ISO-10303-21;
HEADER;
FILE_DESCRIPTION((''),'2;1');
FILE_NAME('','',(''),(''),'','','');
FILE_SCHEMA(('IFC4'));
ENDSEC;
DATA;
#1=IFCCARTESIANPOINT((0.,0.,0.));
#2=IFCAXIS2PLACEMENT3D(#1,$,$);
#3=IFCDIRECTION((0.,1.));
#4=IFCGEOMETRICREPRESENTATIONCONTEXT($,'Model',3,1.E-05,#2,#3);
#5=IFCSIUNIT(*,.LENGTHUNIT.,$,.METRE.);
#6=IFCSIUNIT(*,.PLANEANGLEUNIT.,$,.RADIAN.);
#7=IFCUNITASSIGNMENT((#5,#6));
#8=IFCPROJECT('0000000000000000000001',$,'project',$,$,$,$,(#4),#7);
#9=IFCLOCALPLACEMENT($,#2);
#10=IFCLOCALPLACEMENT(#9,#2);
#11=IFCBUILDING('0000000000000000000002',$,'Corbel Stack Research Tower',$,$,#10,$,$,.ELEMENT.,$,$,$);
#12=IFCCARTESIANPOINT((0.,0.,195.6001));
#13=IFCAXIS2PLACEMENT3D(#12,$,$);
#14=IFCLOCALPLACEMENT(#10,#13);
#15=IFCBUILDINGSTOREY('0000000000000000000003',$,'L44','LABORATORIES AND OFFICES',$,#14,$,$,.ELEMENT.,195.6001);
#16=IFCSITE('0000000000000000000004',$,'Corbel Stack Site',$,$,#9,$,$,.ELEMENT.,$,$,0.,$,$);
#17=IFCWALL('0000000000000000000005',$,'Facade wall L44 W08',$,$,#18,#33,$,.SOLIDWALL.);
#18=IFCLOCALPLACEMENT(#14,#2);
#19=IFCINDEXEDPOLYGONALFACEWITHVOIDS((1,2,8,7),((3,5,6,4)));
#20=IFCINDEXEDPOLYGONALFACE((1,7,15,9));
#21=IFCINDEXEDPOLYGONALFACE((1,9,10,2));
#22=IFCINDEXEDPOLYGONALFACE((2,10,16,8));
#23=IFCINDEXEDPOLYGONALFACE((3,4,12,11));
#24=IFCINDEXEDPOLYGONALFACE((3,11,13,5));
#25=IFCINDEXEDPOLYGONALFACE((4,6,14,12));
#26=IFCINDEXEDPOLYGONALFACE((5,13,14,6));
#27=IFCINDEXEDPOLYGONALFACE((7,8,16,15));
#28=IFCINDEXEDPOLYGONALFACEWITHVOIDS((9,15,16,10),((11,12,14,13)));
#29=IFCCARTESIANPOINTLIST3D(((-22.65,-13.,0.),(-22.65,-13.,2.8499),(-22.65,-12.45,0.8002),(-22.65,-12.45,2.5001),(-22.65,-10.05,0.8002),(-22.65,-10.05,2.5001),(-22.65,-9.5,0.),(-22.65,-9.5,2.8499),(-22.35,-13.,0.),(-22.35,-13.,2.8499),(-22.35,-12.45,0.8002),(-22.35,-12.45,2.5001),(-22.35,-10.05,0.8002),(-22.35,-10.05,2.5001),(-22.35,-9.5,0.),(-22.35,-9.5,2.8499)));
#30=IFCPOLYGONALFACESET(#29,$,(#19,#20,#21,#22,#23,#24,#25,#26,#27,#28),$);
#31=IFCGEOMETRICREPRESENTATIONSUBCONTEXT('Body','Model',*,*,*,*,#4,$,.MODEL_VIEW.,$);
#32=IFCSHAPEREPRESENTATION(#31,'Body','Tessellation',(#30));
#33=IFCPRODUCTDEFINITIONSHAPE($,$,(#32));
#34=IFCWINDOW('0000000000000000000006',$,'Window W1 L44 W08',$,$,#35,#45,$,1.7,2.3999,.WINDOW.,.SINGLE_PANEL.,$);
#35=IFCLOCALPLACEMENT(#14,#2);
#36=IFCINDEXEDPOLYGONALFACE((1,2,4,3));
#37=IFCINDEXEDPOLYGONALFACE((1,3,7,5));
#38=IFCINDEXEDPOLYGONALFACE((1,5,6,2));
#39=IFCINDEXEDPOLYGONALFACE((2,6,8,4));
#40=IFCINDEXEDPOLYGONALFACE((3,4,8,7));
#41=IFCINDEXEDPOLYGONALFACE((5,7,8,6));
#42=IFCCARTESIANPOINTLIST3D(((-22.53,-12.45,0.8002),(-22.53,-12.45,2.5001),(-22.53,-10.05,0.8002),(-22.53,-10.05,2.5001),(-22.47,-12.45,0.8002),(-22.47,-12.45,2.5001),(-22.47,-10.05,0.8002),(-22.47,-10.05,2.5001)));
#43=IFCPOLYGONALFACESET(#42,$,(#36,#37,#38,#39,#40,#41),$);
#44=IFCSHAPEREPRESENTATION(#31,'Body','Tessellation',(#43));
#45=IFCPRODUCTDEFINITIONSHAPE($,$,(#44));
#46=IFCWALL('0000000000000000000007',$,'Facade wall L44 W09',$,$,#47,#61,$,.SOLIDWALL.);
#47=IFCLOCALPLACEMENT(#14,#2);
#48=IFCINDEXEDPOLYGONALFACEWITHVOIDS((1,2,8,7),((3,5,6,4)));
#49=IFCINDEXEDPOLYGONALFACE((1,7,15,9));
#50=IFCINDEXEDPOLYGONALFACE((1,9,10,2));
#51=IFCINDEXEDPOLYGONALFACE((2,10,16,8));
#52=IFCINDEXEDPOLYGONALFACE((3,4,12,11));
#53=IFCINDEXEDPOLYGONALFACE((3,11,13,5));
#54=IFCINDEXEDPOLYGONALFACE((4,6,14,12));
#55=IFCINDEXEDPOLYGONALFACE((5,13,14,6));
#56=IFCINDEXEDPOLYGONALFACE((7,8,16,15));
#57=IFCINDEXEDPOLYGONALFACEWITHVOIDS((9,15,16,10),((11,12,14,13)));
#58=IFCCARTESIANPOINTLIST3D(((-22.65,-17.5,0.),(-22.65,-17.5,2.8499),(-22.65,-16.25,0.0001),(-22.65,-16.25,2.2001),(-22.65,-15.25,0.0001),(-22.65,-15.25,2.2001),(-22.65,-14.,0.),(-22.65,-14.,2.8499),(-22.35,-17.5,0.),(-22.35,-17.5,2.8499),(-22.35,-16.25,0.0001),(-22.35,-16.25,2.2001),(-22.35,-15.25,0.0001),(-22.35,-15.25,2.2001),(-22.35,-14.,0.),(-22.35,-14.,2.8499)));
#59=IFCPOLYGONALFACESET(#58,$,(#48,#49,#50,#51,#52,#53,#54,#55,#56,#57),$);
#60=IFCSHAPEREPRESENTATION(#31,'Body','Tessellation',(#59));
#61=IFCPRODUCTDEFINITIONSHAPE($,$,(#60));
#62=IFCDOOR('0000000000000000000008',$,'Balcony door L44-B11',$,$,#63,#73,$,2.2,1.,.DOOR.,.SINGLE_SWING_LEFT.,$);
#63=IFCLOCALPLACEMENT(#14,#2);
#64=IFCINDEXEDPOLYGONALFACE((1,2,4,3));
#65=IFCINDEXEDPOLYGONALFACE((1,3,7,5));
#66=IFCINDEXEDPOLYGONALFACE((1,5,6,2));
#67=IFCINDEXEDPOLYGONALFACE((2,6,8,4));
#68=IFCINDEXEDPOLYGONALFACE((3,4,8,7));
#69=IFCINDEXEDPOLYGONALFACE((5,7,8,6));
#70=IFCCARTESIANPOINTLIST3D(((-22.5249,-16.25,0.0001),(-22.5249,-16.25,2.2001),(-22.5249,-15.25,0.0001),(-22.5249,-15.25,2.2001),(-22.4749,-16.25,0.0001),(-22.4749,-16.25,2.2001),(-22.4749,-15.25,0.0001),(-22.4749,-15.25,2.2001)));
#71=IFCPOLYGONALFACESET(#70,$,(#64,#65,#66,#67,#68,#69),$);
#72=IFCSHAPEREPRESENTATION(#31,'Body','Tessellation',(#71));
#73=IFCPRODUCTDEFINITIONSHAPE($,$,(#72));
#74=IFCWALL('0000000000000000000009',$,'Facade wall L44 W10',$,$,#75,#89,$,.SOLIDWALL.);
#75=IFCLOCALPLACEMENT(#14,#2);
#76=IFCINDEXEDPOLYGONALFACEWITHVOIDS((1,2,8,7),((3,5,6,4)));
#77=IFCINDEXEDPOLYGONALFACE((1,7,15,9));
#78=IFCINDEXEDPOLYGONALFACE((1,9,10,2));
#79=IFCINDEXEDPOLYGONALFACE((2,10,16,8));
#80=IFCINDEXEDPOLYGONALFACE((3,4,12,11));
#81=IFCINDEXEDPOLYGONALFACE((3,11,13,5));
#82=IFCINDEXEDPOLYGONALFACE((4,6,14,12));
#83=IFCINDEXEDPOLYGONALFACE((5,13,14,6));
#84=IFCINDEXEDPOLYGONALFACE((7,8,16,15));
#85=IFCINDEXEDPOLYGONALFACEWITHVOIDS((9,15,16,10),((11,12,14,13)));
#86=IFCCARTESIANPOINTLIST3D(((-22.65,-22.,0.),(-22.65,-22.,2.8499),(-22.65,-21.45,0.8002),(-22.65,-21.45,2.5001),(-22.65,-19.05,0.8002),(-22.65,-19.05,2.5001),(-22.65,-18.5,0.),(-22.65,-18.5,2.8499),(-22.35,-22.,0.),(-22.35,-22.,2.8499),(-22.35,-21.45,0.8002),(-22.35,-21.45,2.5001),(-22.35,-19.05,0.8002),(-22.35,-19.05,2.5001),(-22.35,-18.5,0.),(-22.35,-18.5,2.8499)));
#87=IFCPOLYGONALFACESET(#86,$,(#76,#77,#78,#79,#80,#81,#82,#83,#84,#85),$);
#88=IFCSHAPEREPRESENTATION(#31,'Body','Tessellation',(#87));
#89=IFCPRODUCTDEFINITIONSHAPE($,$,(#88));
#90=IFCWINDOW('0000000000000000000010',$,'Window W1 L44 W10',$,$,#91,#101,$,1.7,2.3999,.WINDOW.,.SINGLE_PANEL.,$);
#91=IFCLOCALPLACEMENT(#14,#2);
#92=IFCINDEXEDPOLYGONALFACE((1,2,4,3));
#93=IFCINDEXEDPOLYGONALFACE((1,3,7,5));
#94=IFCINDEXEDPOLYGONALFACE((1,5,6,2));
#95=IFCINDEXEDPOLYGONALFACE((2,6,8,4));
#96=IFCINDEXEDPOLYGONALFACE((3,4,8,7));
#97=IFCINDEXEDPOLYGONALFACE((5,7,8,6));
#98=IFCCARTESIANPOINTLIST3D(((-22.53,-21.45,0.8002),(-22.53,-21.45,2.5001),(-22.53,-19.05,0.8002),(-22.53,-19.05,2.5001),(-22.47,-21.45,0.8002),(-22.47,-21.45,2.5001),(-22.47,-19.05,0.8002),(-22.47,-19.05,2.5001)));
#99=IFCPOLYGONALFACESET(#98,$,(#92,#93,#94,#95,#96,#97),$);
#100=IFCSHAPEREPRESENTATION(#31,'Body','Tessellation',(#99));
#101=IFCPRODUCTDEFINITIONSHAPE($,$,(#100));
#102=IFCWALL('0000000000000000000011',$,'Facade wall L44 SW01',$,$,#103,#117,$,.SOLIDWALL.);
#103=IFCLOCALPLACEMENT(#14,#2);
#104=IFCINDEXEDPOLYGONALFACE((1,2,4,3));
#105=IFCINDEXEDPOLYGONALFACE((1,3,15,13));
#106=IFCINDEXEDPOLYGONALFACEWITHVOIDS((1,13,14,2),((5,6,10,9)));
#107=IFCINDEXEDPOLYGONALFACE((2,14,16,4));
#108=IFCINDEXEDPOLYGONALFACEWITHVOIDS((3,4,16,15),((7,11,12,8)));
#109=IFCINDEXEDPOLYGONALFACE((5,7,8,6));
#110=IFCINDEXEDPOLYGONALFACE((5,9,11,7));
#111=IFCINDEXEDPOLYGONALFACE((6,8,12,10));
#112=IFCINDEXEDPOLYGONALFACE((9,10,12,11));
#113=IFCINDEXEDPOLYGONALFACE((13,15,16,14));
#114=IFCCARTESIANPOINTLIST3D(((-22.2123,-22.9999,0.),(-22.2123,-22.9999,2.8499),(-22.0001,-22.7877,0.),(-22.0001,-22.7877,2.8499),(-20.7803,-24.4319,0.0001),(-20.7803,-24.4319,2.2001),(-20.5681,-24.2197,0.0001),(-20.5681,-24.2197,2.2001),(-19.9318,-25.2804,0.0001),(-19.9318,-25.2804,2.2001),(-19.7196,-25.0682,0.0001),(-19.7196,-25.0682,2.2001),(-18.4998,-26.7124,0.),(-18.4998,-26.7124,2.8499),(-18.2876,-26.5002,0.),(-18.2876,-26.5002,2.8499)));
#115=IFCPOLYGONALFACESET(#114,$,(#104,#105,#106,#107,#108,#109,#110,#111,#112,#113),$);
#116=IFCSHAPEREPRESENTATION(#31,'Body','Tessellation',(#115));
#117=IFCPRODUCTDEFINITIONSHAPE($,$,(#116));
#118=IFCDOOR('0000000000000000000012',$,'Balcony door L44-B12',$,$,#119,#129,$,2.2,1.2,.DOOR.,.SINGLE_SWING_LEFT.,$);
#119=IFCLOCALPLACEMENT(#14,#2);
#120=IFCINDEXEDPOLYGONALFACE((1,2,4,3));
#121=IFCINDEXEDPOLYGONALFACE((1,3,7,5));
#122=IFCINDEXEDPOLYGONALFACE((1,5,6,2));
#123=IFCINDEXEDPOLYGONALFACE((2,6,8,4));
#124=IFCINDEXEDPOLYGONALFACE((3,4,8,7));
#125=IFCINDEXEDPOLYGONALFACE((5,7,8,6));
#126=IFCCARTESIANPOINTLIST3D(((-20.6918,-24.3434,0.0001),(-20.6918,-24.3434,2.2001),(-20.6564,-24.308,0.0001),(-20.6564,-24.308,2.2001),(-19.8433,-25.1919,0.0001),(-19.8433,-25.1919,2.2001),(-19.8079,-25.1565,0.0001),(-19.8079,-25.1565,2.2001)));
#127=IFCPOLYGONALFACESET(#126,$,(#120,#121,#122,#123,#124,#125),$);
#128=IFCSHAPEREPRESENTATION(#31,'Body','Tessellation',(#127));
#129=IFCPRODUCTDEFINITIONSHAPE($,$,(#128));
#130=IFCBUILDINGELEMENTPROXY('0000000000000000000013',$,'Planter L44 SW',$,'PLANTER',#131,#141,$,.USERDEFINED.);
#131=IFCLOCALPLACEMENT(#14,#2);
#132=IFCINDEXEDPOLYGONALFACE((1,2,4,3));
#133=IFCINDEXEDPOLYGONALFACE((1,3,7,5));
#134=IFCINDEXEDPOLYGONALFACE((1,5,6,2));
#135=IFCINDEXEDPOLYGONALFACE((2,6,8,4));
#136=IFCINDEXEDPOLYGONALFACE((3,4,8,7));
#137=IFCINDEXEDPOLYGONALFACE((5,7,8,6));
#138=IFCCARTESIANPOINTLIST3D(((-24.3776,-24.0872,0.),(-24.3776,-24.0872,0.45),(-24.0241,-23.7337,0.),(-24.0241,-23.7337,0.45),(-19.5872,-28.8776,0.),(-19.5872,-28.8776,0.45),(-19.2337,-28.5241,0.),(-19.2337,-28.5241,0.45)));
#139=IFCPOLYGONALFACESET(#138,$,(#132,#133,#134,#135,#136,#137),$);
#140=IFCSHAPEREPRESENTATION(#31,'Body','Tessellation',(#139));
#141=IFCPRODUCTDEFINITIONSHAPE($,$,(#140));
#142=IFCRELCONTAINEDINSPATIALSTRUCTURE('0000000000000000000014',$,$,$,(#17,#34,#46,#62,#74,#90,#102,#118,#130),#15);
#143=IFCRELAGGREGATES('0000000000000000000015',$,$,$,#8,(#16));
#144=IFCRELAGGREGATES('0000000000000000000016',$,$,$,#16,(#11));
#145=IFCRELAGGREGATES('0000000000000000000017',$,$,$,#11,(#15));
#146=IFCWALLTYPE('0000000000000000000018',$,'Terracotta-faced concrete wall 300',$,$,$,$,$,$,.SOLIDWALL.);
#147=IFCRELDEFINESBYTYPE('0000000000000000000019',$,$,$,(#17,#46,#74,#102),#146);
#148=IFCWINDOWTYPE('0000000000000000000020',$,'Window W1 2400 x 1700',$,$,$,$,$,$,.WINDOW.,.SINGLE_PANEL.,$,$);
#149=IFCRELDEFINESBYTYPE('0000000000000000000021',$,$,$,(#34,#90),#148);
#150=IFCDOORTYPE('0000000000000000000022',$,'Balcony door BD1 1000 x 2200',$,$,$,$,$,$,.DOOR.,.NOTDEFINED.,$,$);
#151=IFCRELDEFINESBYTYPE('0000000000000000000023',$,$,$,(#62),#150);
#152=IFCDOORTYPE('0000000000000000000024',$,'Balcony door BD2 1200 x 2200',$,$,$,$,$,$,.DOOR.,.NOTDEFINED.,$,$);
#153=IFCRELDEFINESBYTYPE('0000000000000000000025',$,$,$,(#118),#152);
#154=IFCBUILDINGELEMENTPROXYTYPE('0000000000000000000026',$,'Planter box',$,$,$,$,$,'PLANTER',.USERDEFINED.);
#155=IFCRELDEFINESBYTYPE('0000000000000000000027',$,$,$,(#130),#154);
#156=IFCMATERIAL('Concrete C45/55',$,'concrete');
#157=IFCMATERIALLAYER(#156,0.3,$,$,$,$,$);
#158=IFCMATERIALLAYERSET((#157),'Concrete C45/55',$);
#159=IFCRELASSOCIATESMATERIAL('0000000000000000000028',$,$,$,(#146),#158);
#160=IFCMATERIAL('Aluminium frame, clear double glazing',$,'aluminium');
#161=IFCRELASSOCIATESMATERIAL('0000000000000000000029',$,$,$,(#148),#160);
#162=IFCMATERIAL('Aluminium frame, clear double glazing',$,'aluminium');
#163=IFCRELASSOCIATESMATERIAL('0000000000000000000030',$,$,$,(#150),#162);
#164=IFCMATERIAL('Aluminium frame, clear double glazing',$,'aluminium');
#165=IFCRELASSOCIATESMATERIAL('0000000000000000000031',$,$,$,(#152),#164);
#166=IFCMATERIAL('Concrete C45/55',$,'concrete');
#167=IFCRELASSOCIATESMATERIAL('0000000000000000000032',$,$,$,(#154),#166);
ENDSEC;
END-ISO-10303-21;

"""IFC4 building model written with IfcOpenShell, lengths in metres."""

from ifc_helpers import new_model, si_unit, direction, frame, frame_2d, origin, origin_2d, place, context, subcontext, project, spatial, rectangle, extrude, material, layer, layer_set, type_object, element, fill, save


model = new_model("IFC4")

# Units and contexts
model_context = context("Model", 3, precision=1e-05, world=origin(), true_north=direction((0.0, 1.0)))
body_context = subcontext(model_context, "Body", "Model", "MODEL_VIEW")
ifc_project = project(units=[si_unit("LENGTHUNIT", "METRE"), si_unit("PLANEANGLEUNIT", "RADIAN")], contexts=[model_context])

# Site, building, storey
site_placement = place(None, origin())
site = spatial("IfcSite", under=ifc_project, at=site_placement, Name="Corbel Stack Site", CompositionType="ELEMENT", RefElevation=0.0)
building_placement = place(site_placement, origin())
building = spatial("IfcBuilding", under=site, at=building_placement, Name="Corbel Stack Research Tower", CompositionType="ELEMENT")
storey_placement = place(building_placement, frame((0.0, 0.0, 195.6001)))
storey = spatial("IfcBuildingStorey", under=building, at=storey_placement, Name="L44", Description="LABORATORIES AND OFFICES", CompositionType="ELEMENT", Elevation=195.6001)

# Wall, opening, window
ifc_material_1 = material(Name="Concrete C45/55", Category="concrete")
ifc_layer = layer(ifc_material_1, 0.3)
ifc_layer_set = layer_set([ifc_layer], Name="Concrete C45/55")
wall_type = type_object("IfcWallType", Name="Terracotta-faced concrete wall 300", PredefinedType="SOLIDWALL", material=ifc_layer_set)
ifc_material_2 = material(Name="Aluminium frame, clear double glazing", Category="aluminium")
window_type = type_object("IfcWindowType", Name="Window W1 2400 x 1700", PartitioningType="SINGLE_PANEL", PredefinedType="WINDOW", material=ifc_material_2)
wall_1_placement = place(storey_placement, frame((-22.5, -13.0, 0.0), z_axis=(0.0, 0.0, 1.0), x_axis=(0.0, 1.0, 0.0)))
wall_1 = element("IfcWall", 1, at=wall_1_placement, inside=storey, type_object=wall_type, Name="Facade wall L44 W08", PredefinedType="SOLIDWALL", context=body_context, shape_type="SweptSolid", body=[
    extrude(rectangle(XDim=3.5, YDim=0.3, at=frame_2d((1.75, 0.0))), origin(), (0.0, 0.0, 1.0), 2.8499),
])
opening_1_placement = place(wall_1_placement, frame((0.55, 0.0, 0.8)))
opening_1 = element("IfcOpeningElement", 2, at=opening_1_placement, cuts=wall_1, PredefinedType="OPENING", context=body_context, shape_type="SweptSolid", body=[
    extrude(rectangle(XDim=2.3999, YDim=1.7, at=frame_2d((1.2, 0.8501))), frame((0.0, 0.1599, 0.0), z_axis=(0.0, -1.0, 0.0), x_axis=(1.0, 0.0, 0.0)), (0.0, 0.0, 1.0), 0.3201),
])
window_1_placement = place(opening_1_placement, origin())
window_1 = element("IfcWindow", 3, at=window_1_placement, inside=storey, type_object=window_type, Name="Window W1 L44 W08", OverallHeight=1.7, OverallWidth=2.3999, PartitioningType="SINGLE_PANEL", PredefinedType="WINDOW", context=body_context, shape_type="SweptSolid", body=[
    extrude(rectangle(XDim=2.3999, YDim=1.7, at=frame_2d((1.2, 0.8501))), frame((0.0, 0.03, 0.0), z_axis=(0.0, -1.0, 0.0), x_axis=(1.0, 0.0, 0.0)), (0.0, 0.0, 1.0), 0.0601),
])
fill(opening_1, window_1)

# Wall, opening, door
wall_2_placement = place(storey_placement, frame((-22.5, -17.5, 0.0), z_axis=(0.0, 0.0, 1.0), x_axis=(0.0, 1.0, 0.0)))
wall_2 = element("IfcWall", 4, at=wall_2_placement, inside=storey, type_object=wall_type, Name="Facade wall L44 W09", PredefinedType="SOLIDWALL", context=body_context, shape_type="SweptSolid", body=[
    extrude(rectangle(XDim=3.5, YDim=0.3, at=frame_2d((1.75, 0.0))), origin(), (0.0, 0.0, 1.0), 2.8499),
])
opening_2_placement = place(wall_2_placement, frame((1.25, 0.0, 0.0)))
opening_2 = element("IfcOpeningElement", 5, at=opening_2_placement, cuts=wall_2, PredefinedType="OPENING", context=body_context, shape_type="SweptSolid", body=[
    extrude(rectangle(XDim=1.0, YDim=2.2, at=frame_2d((0.5, 1.1001))), frame((0.0, 0.1599, 0.0), z_axis=(0.0, -1.0, 0.0), x_axis=(1.0, 0.0, 0.0)), (0.0, 0.0, 1.0), 0.3201),
])
ifc_material_3 = material(Name="Aluminium frame, clear double glazing", Category="aluminium")
door_type_1 = type_object("IfcDoorType", Name="Balcony door BD1 1000 x 2200", OperationType="NOTDEFINED", PredefinedType="DOOR", material=ifc_material_3)
door_1_placement = place(opening_2_placement, origin())
door_1 = element("IfcDoor", 6, at=door_1_placement, inside=storey, type_object=door_type_1, Name="Balcony door L44-B11", OperationType="SINGLE_SWING_LEFT", OverallHeight=2.2, OverallWidth=1.0, PredefinedType="DOOR", context=body_context, shape_type="SweptSolid", body=[
    extrude(rectangle(XDim=1.0, YDim=2.2, at=frame_2d((0.5, 1.1001))), frame((0.0, 0.0249, 0.0), z_axis=(0.0, -1.0, 0.0), x_axis=(1.0, 0.0, 0.0)), (0.0, 0.0, 1.0), 0.05),
])
fill(opening_2, door_1)

# Wall, opening, window
wall_3_placement = place(storey_placement, frame((-22.5, -22.0, 0.0), z_axis=(0.0, 0.0, 1.0), x_axis=(0.0, 1.0, 0.0)))
wall_3 = element("IfcWall", 7, at=wall_3_placement, inside=storey, type_object=wall_type, Name="Facade wall L44 W10", PredefinedType="SOLIDWALL", context=body_context, shape_type="SweptSolid", body=[
    extrude(rectangle(XDim=3.5, YDim=0.3, at=frame_2d((1.75, 0.0))), origin(), (0.0, 0.0, 1.0), 2.8499),
])
opening_3_placement = place(wall_3_placement, frame((0.55, 0.0, 0.8)))
opening_3 = element("IfcOpeningElement", 8, at=opening_3_placement, cuts=wall_3, PredefinedType="OPENING", context=body_context, shape_type="SweptSolid", body=[
    extrude(rectangle(XDim=2.3999, YDim=1.7, at=frame_2d((1.2, 0.8501))), frame((0.0, 0.1599, 0.0), z_axis=(0.0, -1.0, 0.0), x_axis=(1.0, 0.0, 0.0)), (0.0, 0.0, 1.0), 0.3201),
])
window_2_placement = place(opening_3_placement, origin())
window_2 = element("IfcWindow", 9, at=window_2_placement, inside=storey, type_object=window_type, Name="Window W1 L44 W10", OverallHeight=1.7, OverallWidth=2.3999, PartitioningType="SINGLE_PANEL", PredefinedType="WINDOW", context=body_context, shape_type="SweptSolid", body=[
    extrude(rectangle(XDim=2.3999, YDim=1.7, at=frame_2d((1.2, 0.8501))), frame((0.0, 0.03, 0.0), z_axis=(0.0, -1.0, 0.0), x_axis=(1.0, 0.0, 0.0)), (0.0, 0.0, 1.0), 0.0601),
])
fill(opening_3, window_2)

# Wall, opening, door
wall_4_placement = place(storey_placement, frame((-18.3938, -26.6062, 0.0), z_axis=(0.0, 0.0, 1.0), x_axis=(-0.707107, 0.707107, 0.0)))
wall_4 = element("IfcWall", 10, at=wall_4_placement, inside=storey, type_object=wall_type, Name="Facade wall L44 SW01", PredefinedType="SOLIDWALL", context=body_context, shape_type="SweptSolid", body=[
    extrude(rectangle(XDim=5.2502, YDim=0.3, at=frame_2d((2.625, 0.0))), origin(), (0.0, 0.0, 1.0), 2.8499),
])
opening_4_placement = place(wall_4_placement, frame((2.0249, 0.0, 0.0)))
opening_4 = element("IfcOpeningElement", 11, at=opening_4_placement, cuts=wall_4, PredefinedType="OPENING", context=body_context, shape_type="SweptSolid", body=[
    extrude(rectangle(XDim=1.2, YDim=2.2, at=frame_2d((0.6001, 1.1001))), frame((0.0, 0.1599, 0.0), z_axis=(0.0, -1.0, 0.0), x_axis=(1.0, 0.0, 0.0)), (0.0, 0.0, 1.0), 0.3201),
])
ifc_material_4 = material(Name="Aluminium frame, clear double glazing", Category="aluminium")
door_type_2 = type_object("IfcDoorType", Name="Balcony door BD2 1200 x 2200", OperationType="NOTDEFINED", PredefinedType="DOOR", material=ifc_material_4)
door_2_placement = place(opening_4_placement, origin())
door_2 = element("IfcDoor", 12, at=door_2_placement, inside=storey, type_object=door_type_2, Name="Balcony door L44-B12", OperationType="SINGLE_SWING_LEFT", OverallHeight=2.2, OverallWidth=1.2, PredefinedType="DOOR", context=body_context, shape_type="SweptSolid", body=[
    extrude(rectangle(XDim=1.2, YDim=2.2, at=frame_2d((0.6001, 1.1001))), frame((0.0, 0.0249, 0.0), z_axis=(0.0, -1.0, 0.0), x_axis=(1.0, 0.0, 0.0)), (0.0, 0.0, 1.0), 0.05),
])
fill(opening_4, door_2)

# Building element proxy
ifc_material_5 = material(Name="Concrete C45/55", Category="concrete")
building_element_proxy_type = type_object("IfcBuildingElementProxyType", Name="Planter box", ElementType="PLANTER", PredefinedType="USERDEFINED", material=ifc_material_5)
proxy_placement = place(storey_placement, frame((-21.8057, -26.3057, 0.0), z_axis=(0.0, 0.0, 1.0), x_axis=(0.707107, -0.707107, 0.0)))
element("IfcBuildingElementProxy", 13, at=proxy_placement, inside=storey, type_object=building_element_proxy_type, Name="Planter L44 SW", ObjectType="PLANTER", PredefinedType="USERDEFINED", context=body_context, shape_type="SweptSolid", body=[
    extrude(rectangle(XDim=6.7747, YDim=0.5, at=origin_2d()), origin(), (0.0, 0.0, 1.0), 0.45),
])

save(model, "model.ifc")
